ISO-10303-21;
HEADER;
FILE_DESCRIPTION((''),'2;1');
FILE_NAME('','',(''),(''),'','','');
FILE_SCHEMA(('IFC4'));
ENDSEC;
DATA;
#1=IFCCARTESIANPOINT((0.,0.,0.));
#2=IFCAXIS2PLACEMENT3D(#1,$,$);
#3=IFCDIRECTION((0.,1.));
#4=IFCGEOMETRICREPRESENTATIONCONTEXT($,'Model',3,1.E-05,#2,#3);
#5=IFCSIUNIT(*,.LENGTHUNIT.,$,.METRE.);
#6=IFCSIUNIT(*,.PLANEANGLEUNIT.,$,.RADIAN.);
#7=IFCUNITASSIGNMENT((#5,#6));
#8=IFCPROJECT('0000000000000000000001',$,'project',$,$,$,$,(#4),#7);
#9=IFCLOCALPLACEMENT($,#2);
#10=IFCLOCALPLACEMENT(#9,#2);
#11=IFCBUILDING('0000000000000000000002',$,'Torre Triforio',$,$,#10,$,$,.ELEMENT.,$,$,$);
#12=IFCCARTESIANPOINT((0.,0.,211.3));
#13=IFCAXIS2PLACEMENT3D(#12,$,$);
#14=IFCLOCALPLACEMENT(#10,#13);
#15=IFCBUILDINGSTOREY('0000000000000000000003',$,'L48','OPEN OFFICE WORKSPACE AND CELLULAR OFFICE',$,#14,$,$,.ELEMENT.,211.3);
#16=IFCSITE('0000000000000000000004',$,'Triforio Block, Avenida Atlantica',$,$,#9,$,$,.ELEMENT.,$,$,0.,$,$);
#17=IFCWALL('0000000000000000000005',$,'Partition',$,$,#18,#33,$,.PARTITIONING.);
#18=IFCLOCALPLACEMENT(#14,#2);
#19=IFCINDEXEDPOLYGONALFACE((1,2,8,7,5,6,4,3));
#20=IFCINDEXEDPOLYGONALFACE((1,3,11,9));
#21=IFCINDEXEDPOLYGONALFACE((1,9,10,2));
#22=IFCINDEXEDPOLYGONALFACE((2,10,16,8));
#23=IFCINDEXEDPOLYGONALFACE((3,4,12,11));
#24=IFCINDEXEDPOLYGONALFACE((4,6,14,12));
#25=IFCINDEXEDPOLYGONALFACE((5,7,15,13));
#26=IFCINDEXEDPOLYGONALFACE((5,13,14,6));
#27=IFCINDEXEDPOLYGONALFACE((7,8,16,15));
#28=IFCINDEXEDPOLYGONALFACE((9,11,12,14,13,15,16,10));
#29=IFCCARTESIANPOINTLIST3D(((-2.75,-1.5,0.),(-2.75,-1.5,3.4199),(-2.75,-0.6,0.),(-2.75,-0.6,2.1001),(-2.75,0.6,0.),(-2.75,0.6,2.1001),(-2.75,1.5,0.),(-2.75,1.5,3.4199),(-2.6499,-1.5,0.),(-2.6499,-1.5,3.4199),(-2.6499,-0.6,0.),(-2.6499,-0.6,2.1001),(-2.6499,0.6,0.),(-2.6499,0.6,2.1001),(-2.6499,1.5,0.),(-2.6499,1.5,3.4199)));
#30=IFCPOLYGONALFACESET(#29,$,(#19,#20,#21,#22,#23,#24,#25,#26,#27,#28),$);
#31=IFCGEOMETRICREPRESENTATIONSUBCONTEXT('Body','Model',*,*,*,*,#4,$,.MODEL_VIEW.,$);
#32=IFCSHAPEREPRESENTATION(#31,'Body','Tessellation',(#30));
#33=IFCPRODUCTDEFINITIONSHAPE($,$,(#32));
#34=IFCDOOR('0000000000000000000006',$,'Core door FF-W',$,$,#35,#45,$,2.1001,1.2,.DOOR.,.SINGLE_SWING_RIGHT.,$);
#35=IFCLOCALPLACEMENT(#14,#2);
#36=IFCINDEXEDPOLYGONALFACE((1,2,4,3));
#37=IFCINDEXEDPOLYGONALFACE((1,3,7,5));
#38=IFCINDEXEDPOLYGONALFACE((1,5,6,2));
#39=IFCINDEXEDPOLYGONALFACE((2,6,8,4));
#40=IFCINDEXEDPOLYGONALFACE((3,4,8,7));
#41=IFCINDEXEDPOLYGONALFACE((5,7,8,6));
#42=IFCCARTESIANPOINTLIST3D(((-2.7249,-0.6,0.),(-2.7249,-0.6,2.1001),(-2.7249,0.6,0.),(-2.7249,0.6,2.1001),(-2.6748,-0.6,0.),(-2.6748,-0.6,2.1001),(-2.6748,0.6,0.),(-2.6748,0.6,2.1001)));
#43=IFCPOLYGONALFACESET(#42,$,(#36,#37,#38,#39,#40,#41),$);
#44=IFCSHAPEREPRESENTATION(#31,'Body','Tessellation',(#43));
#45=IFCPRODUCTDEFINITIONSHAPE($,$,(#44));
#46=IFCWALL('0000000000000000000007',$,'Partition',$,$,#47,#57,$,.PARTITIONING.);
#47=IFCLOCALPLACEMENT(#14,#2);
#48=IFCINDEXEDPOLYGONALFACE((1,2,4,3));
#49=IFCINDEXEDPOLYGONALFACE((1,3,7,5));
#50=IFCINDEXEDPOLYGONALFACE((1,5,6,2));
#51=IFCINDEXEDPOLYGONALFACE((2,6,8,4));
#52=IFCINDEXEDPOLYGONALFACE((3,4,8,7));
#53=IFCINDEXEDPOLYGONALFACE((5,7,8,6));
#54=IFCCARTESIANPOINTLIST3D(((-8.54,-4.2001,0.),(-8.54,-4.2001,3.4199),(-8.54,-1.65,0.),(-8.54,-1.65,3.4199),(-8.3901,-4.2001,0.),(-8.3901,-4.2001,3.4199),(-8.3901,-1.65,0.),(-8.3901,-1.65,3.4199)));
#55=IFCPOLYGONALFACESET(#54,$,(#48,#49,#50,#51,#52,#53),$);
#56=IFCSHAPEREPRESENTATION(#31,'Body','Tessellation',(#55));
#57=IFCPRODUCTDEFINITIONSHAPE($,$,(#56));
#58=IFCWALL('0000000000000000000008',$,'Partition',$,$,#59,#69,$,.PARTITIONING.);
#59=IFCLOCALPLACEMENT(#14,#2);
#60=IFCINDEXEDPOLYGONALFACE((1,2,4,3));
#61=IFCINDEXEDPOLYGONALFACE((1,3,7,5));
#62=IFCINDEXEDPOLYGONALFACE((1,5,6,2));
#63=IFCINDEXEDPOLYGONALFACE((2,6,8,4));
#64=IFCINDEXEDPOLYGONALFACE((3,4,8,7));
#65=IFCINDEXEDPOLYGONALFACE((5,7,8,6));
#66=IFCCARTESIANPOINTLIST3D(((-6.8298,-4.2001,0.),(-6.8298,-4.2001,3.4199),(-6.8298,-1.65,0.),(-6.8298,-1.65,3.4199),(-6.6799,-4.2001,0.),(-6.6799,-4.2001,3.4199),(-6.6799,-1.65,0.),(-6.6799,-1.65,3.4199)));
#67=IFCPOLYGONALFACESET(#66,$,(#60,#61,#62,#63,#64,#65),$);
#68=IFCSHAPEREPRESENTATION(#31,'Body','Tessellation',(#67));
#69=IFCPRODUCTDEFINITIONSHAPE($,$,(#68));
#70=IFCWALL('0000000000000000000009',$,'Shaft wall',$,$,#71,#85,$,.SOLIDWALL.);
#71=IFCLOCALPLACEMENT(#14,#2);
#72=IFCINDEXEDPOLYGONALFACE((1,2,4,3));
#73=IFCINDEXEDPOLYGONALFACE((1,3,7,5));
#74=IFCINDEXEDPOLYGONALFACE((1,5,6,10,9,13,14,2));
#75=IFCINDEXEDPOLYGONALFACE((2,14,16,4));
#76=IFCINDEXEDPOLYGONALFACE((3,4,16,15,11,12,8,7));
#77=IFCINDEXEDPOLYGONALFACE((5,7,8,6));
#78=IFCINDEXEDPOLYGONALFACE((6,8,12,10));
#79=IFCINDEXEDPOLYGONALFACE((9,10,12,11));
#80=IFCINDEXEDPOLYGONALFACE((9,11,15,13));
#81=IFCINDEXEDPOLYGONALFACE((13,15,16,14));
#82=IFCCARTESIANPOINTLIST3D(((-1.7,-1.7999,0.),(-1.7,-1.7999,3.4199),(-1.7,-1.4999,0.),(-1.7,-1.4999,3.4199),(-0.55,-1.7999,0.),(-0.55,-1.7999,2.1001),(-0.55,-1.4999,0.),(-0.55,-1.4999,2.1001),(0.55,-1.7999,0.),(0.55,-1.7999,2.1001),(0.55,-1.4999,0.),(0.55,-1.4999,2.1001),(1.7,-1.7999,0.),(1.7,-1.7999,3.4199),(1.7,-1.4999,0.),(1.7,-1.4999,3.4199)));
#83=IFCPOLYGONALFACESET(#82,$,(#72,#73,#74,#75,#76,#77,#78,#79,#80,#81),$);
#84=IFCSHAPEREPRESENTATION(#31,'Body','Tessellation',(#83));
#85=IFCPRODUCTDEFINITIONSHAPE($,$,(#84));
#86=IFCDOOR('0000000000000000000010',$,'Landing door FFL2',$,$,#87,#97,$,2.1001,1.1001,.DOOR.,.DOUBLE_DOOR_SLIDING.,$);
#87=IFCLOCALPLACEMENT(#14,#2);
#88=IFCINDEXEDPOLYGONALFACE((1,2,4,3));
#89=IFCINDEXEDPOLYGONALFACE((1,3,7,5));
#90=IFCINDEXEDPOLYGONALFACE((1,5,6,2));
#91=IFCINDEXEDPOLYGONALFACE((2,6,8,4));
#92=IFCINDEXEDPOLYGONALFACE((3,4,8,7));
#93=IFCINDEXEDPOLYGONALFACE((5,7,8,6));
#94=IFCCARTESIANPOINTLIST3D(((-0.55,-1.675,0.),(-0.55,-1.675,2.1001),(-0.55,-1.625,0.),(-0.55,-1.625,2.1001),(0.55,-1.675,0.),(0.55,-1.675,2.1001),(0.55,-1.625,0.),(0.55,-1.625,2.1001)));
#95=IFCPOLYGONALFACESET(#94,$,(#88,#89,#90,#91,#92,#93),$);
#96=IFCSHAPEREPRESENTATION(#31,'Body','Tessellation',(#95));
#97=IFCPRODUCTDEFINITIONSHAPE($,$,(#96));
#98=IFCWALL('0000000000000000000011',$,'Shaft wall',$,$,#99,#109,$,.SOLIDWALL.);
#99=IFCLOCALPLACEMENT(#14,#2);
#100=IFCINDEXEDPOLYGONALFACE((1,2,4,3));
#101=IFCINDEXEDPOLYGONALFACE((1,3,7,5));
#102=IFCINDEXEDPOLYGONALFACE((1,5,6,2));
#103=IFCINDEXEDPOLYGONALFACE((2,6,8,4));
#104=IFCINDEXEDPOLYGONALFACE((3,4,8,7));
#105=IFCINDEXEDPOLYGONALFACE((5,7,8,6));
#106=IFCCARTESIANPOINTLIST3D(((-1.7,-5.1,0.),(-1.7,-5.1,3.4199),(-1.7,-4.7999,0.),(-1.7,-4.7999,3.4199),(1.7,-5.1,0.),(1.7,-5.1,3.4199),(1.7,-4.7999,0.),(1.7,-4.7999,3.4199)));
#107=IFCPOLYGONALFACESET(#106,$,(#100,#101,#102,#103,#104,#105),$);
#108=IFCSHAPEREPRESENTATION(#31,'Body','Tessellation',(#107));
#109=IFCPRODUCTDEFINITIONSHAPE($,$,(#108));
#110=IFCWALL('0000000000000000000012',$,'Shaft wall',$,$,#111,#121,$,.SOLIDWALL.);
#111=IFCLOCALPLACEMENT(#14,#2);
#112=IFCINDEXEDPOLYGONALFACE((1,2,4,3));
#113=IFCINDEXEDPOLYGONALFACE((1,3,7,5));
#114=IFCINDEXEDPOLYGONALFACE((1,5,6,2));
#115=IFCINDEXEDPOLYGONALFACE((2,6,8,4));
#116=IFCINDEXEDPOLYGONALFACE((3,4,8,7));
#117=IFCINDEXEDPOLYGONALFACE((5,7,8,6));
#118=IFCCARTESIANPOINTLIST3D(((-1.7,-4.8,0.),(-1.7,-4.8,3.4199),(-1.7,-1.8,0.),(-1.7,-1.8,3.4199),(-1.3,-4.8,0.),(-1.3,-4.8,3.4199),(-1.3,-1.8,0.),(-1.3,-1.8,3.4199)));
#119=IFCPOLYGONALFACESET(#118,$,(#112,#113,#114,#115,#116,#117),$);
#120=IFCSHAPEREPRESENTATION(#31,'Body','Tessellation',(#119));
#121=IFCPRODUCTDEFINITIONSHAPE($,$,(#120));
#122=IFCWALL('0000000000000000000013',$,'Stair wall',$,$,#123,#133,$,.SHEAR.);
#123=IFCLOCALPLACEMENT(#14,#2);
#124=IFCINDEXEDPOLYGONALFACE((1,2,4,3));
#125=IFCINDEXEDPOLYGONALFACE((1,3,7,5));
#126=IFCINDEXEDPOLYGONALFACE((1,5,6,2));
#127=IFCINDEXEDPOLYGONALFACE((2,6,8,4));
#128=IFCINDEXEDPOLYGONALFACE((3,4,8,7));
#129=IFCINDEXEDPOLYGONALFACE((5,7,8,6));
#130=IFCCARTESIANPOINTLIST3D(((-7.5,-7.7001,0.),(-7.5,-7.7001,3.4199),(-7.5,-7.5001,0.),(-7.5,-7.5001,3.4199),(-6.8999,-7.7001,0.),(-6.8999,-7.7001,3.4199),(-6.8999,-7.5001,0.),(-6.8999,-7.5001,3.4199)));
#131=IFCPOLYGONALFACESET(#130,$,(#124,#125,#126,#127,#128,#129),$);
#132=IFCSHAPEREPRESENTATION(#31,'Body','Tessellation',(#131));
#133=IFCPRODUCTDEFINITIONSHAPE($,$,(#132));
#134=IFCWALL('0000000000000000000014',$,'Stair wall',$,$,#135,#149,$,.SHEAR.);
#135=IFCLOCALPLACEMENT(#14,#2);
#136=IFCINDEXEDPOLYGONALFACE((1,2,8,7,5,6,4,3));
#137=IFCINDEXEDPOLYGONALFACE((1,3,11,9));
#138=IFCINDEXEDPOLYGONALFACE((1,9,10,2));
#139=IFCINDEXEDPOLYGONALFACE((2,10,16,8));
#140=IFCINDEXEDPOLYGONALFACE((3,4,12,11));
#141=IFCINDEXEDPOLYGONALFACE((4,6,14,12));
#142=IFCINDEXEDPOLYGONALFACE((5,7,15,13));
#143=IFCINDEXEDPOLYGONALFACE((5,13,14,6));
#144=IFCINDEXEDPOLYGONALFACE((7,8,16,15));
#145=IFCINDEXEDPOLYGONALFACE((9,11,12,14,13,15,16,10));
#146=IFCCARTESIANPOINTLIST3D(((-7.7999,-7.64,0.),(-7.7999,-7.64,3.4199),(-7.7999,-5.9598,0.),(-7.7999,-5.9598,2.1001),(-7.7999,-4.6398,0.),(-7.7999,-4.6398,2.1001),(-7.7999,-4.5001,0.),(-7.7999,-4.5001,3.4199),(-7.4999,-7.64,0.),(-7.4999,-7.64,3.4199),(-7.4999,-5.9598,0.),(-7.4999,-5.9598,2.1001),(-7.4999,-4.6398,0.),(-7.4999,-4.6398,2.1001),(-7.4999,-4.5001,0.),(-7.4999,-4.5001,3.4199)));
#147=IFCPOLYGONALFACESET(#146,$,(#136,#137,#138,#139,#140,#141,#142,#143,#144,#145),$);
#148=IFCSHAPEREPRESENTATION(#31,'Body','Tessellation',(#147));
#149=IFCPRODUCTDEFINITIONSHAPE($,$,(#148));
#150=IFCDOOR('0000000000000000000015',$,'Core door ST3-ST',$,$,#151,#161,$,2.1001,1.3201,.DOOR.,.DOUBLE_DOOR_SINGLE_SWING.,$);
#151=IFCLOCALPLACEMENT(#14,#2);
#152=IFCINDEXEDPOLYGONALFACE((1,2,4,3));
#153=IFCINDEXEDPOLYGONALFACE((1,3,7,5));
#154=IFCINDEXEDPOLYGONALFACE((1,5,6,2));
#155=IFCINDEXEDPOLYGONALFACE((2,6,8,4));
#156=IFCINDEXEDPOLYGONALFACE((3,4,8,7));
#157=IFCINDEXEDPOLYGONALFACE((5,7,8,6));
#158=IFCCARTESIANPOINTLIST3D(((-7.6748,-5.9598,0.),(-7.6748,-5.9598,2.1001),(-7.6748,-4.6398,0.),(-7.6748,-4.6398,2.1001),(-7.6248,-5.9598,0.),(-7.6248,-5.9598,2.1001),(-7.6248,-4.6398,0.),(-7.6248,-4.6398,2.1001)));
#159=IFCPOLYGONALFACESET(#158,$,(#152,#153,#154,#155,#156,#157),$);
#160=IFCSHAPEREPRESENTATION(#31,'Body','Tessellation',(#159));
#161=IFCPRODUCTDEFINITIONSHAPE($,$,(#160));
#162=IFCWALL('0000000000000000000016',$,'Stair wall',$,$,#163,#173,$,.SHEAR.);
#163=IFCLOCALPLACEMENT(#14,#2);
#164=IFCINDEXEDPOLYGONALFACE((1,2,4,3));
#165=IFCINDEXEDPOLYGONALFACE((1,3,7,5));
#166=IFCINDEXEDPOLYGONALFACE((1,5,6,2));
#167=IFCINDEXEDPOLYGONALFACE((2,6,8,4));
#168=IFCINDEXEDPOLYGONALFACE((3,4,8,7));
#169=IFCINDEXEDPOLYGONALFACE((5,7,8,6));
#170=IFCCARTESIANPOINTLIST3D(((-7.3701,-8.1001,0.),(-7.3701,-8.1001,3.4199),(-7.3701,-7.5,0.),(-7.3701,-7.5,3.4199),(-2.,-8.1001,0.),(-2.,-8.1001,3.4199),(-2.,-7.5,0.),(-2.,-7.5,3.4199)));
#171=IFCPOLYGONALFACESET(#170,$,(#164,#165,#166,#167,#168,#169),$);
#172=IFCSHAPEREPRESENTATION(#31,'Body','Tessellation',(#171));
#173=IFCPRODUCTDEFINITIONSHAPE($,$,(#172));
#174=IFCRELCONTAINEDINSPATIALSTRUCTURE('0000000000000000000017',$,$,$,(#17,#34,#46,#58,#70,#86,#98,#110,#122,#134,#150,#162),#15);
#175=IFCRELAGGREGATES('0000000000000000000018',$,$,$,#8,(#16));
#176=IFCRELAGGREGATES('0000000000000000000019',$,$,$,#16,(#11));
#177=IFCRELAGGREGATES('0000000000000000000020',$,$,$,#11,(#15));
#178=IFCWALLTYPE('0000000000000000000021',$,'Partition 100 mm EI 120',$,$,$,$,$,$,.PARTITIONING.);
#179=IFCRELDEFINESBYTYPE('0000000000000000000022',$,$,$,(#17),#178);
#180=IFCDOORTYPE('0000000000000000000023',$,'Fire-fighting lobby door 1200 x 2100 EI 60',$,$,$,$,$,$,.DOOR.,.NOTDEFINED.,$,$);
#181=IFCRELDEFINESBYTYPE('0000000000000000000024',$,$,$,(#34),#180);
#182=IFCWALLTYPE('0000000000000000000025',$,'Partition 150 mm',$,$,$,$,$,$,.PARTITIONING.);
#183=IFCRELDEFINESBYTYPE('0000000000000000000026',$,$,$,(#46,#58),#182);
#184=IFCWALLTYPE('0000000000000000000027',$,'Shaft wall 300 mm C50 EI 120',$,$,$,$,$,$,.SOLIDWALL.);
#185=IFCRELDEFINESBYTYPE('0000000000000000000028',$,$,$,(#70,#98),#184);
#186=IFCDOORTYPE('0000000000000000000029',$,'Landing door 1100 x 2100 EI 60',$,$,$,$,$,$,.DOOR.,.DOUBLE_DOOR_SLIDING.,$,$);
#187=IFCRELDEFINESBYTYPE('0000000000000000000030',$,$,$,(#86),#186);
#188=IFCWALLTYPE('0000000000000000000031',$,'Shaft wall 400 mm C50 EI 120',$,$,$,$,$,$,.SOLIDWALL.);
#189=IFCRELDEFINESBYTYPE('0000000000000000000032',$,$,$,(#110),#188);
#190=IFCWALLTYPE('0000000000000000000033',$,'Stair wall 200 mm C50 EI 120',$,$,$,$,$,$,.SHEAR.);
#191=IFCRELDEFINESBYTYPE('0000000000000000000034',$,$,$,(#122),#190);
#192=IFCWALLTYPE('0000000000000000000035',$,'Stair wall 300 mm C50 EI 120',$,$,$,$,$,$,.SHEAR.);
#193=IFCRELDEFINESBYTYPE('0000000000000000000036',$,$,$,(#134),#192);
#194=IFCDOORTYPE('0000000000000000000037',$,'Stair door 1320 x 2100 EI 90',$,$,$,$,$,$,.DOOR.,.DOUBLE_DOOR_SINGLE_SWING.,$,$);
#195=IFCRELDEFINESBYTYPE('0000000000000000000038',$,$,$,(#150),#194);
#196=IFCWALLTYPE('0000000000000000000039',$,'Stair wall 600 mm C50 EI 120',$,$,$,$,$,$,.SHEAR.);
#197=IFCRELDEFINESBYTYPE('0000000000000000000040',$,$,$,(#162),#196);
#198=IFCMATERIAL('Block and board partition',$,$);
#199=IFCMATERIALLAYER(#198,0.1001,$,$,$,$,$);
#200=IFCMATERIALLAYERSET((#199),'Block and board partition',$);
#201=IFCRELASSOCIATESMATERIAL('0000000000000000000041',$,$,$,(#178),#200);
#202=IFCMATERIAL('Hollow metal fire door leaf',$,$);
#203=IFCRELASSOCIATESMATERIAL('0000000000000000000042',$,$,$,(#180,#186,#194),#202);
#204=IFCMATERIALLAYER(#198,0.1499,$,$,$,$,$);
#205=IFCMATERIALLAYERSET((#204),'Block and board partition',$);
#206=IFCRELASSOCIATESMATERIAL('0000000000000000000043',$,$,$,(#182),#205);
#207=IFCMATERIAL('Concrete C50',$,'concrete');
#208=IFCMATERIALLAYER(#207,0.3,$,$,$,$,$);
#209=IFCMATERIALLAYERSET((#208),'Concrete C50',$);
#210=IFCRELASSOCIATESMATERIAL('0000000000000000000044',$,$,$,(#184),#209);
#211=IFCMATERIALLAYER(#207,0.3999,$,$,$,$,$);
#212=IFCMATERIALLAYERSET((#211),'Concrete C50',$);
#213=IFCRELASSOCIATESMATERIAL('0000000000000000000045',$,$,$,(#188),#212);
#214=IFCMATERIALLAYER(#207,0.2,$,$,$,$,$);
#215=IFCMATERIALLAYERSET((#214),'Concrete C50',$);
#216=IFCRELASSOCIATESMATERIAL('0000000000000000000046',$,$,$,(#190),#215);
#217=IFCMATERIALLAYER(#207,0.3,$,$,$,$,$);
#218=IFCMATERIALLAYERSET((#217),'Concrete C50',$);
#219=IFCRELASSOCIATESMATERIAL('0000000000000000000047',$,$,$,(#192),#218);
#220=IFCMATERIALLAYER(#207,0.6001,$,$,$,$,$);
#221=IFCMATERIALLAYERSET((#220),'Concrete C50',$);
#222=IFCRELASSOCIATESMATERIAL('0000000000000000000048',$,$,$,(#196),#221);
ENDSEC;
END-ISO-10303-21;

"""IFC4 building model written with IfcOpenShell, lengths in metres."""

from ifc_helpers import new_model, si_unit, direction, frame, frame_2d, origin, place, context, subcontext, project, spatial, rectangle, extrude, material, layer, layer_set, type_object, element, fill, save


model = new_model("IFC4")

# Units and contexts
model_context = context("Model", 3, precision=1e-05, world=origin(), true_north=direction((0.0, 1.0)))
body_context = subcontext(model_context, "Body", "Model", "MODEL_VIEW")
ifc_project = project(units=[si_unit("LENGTHUNIT", "METRE"), si_unit("PLANEANGLEUNIT", "RADIAN")], contexts=[model_context])

# Site, building, storey
site_placement = place(None, origin())
site = spatial("IfcSite", under=ifc_project, at=site_placement, Name="Triforio Block, Avenida Atlantica", CompositionType="ELEMENT", RefElevation=0.0)
building_placement = place(site_placement, origin())
building = spatial("IfcBuilding", under=site, at=building_placement, Name="Torre Triforio", CompositionType="ELEMENT")
storey_placement = place(building_placement, frame((0.0, 0.0, 211.3)))
storey = spatial("IfcBuildingStorey", under=building, at=storey_placement, Name="L48", Description="OPEN OFFICE WORKSPACE AND CELLULAR OFFICE", CompositionType="ELEMENT", Elevation=211.3)

# Wall, opening, door
ifc_material_1 = material(Name="Block and board partition")
ifc_layer_1 = layer(ifc_material_1, 0.1001)
ifc_layer_set_1 = layer_set([ifc_layer_1], Name="Block and board partition")
wall_type_1 = type_object("IfcWallType", Name="Partition 100 mm EI 120", PredefinedType="PARTITIONING", material=ifc_layer_set_1)
wall_1_placement = place(storey_placement, frame((-2.7, -1.5, 0.0), z_axis=(0.0, 0.0, 1.0), x_axis=(0.0, 1.0, 0.0)))
wall_1 = element("IfcWall", 1, at=wall_1_placement, inside=storey, type_object=wall_type_1, Name="Partition", PredefinedType="PARTITIONING", context=body_context, shape_type="SweptSolid", body=[
    extrude(rectangle(XDim=3.0, YDim=0.1001, at=frame_2d((1.5, 0.0))), origin(), (0.0, 0.0, 1.0), 3.4199),
])
opening_1_placement = place(wall_1_placement, frame((0.8999, 0.0, 0.0)))
opening_1 = element("IfcOpeningElement", 2, at=opening_1_placement, cuts=wall_1, PredefinedType="OPENING", context=body_context, shape_type="SweptSolid", body=[
    extrude(rectangle(XDim=1.2, YDim=2.1001, at=frame_2d((0.6001, 1.05))), frame((0.0, 0.0601, 0.0), z_axis=(0.0, -1.0, 0.0), x_axis=(1.0, 0.0, 0.0)), (0.0, 0.0, 1.0), 0.1201),
])
ifc_material_2 = material(Name="Hollow metal fire door leaf")
door_type_1 = type_object("IfcDoorType", Name="Fire-fighting lobby door 1200 x 2100 EI 60", OperationType="NOTDEFINED", PredefinedType="DOOR", material=ifc_material_2)
door_1_placement = place(opening_1_placement, origin())
door_1 = element("IfcDoor", 3, at=door_1_placement, inside=storey, type_object=door_type_1, Name="Core door FF-W", OperationType="SINGLE_SWING_RIGHT", OverallHeight=2.1001, OverallWidth=1.2, PredefinedType="DOOR", context=body_context, shape_type="SweptSolid", body=[
    extrude(rectangle(XDim=1.2, YDim=2.1001, at=frame_2d((0.6001, 1.05))), frame((0.0, 0.0249, 0.0), z_axis=(0.0, -1.0, 0.0), x_axis=(1.0, 0.0, 0.0)), (0.0, 0.0, 1.0), 0.05),
])
fill(opening_1, door_1)

# Walls
ifc_layer_2 = layer(ifc_material_1, 0.1499)
ifc_layer_set_2 = layer_set([ifc_layer_2], Name="Block and board partition")
wall_type_2 = type_object("IfcWallType", Name="Partition 150 mm", PredefinedType="PARTITIONING", material=ifc_layer_set_2)
for number, where, z_axis, x_axis, name in (
    (4, (-8.4651, -4.2, 0.0), (0.0, 0.0, 1.0), (0.0, 1.0, 0.0), "Partition"),
    (5, (-6.7549, -4.2, 0.0), (0.0, 0.0, 1.0), (0.0, 1.0, 0.0), "Partition"),
):
    element("IfcWall", number, at=place(storey_placement, frame(where, z_axis=z_axis, x_axis=x_axis)), inside=storey, type_object=wall_type_2, Name=name, PredefinedType="PARTITIONING", context=body_context, shape_type="SweptSolid", body=[
        extrude(rectangle(XDim=2.55, YDim=0.1499, at=frame_2d((1.2749, 0.0))), origin(), (0.0, 0.0, 1.0), 3.4199),
    ])

# Wall, opening, door
ifc_material_3 = material(Name="Concrete C50", Category="concrete")
ifc_layer_3 = layer(ifc_material_3, 0.3)
ifc_layer_set_3 = layer_set([ifc_layer_3], Name="Concrete C50")
wall_type_3 = type_object("IfcWallType", Name="Shaft wall 300 mm C50 EI 120", PredefinedType="SOLIDWALL", material=ifc_layer_set_3)
wall_2_placement = place(storey_placement, frame((-1.7, -1.6499, 0.0), z_axis=(0.0, 0.0, 1.0), x_axis=(1.0, 0.0, 0.0)))
wall_2 = element("IfcWall", 6, at=wall_2_placement, inside=storey, type_object=wall_type_3, Name="Shaft wall", PredefinedType="SOLIDWALL", context=body_context, shape_type="SweptSolid", body=[
    extrude(rectangle(XDim=3.3999, YDim=0.3, at=frame_2d((1.7, 0.0))), origin(), (0.0, 0.0, 1.0), 3.4199),
])
opening_2_placement = place(wall_2_placement, frame((1.1499, 0.0, 0.0)))
opening_2 = element("IfcOpeningElement", 7, at=opening_2_placement, cuts=wall_2, PredefinedType="OPENING", context=body_context, shape_type="SweptSolid", body=[
    extrude(rectangle(XDim=1.1001, YDim=2.1001, at=frame_2d((0.55, 1.05))), frame((0.0, 0.1599, 0.0), z_axis=(0.0, -1.0, 0.0), x_axis=(1.0, 0.0, 0.0)), (0.0, 0.0, 1.0), 0.3201),
])
door_type_2 = type_object("IfcDoorType", Name="Landing door 1100 x 2100 EI 60", OperationType="DOUBLE_DOOR_SLIDING", PredefinedType="DOOR", material=ifc_material_2)
door_2_placement = place(opening_2_placement, origin())
door_2 = element("IfcDoor", 8, at=door_2_placement, inside=storey, type_object=door_type_2, Name="Landing door FFL2", OperationType="DOUBLE_DOOR_SLIDING", OverallHeight=2.1001, OverallWidth=1.1001, PredefinedType="DOOR", context=body_context, shape_type="SweptSolid", body=[
    extrude(rectangle(XDim=1.1001, YDim=2.1001, at=frame_2d((0.55, 1.05))), frame((0.0, 0.0249, 0.0), z_axis=(0.0, -1.0, 0.0), x_axis=(1.0, 0.0, 0.0)), (0.0, 0.0, 1.0), 0.05),
])
fill(opening_2, door_2)

# Walls
wall_3_placement = place(storey_placement, frame((-1.7, -4.95, 0.0), z_axis=(0.0, 0.0, 1.0), x_axis=(1.0, 0.0, 0.0)))
element("IfcWall", 9, at=wall_3_placement, inside=storey, type_object=wall_type_3, Name="Shaft wall", PredefinedType="SOLIDWALL", context=body_context, shape_type="SweptSolid", body=[
    extrude(rectangle(XDim=3.3999, YDim=0.3, at=frame_2d((1.7, 0.0))), origin(), (0.0, 0.0, 1.0), 3.4199),
])
ifc_layer_4 = layer(ifc_material_3, 0.3999)
ifc_layer_set_4 = layer_set([ifc_layer_4], Name="Concrete C50")
wall_type_4 = type_object("IfcWallType", Name="Shaft wall 400 mm C50 EI 120", PredefinedType="SOLIDWALL", material=ifc_layer_set_4)
wall_4_placement = place(storey_placement, frame((-1.5, -4.8, 0.0), z_axis=(0.0, 0.0, 1.0), x_axis=(0.0, 1.0, 0.0)))
element("IfcWall", 10, at=wall_4_placement, inside=storey, type_object=wall_type_4, Name="Shaft wall", PredefinedType="SOLIDWALL", context=body_context, shape_type="SweptSolid", body=[
    extrude(rectangle(XDim=3.0, YDim=0.3999, at=frame_2d((1.5, 0.0))), origin(), (0.0, 0.0, 1.0), 3.4199),
])
ifc_layer_5 = layer(ifc_material_3, 0.2)
ifc_layer_set_5 = layer_set([ifc_layer_5], Name="Concrete C50")
wall_type_5 = type_object("IfcWallType", Name="Stair wall 200 mm C50 EI 120", PredefinedType="SHEAR", material=ifc_layer_set_5)
wall_5_placement = place(storey_placement, frame((-7.5, -7.6001, 0.0), z_axis=(0.0, 0.0, 1.0), x_axis=(1.0, 0.0, 0.0)))
element("IfcWall", 11, at=wall_5_placement, inside=storey, type_object=wall_type_5, Name="Stair wall", PredefinedType="SHEAR", context=body_context, shape_type="SweptSolid", body=[
    extrude(rectangle(XDim=0.6001, YDim=0.2, at=frame_2d((0.3, 0.0))), origin(), (0.0, 0.0, 1.0), 3.4199),
])

# Wall, opening, door
ifc_layer_6 = layer(ifc_material_3, 0.3)
ifc_layer_set_6 = layer_set([ifc_layer_6], Name="Concrete C50")
wall_type_6 = type_object("IfcWallType", Name="Stair wall 300 mm C50 EI 120", PredefinedType="SHEAR", material=ifc_layer_set_6)
wall_6_placement = place(storey_placement, frame((-7.6499, -7.6399, 0.0), z_axis=(0.0, 0.0, 1.0), x_axis=(0.0, 1.0, 0.0)))
wall_6 = element("IfcWall", 12, at=wall_6_placement, inside=storey, type_object=wall_type_6, Name="Stair wall", PredefinedType="SHEAR", context=body_context, shape_type="SweptSolid", body=[
    extrude(rectangle(XDim=3.1399, YDim=0.3, at=frame_2d((1.5698, 0.0))), origin(), (0.0, 0.0, 1.0), 3.4199),
])
opening_3_placement = place(wall_6_placement, frame((1.6799, 0.0, 0.0)))
opening_3 = element("IfcOpeningElement", 13, at=opening_3_placement, cuts=wall_6, PredefinedType="OPENING", context=body_context, shape_type="SweptSolid", body=[
    extrude(rectangle(XDim=1.3201, YDim=2.1001, at=frame_2d((0.6602, 1.05))), frame((0.0, 0.1599, 0.0), z_axis=(0.0, -1.0, 0.0), x_axis=(1.0, 0.0, 0.0)), (0.0, 0.0, 1.0), 0.3201),
])
door_type_3 = type_object("IfcDoorType", Name="Stair door 1320 x 2100 EI 90", OperationType="DOUBLE_DOOR_SINGLE_SWING", PredefinedType="DOOR", material=ifc_material_2)
door_3_placement = place(opening_3_placement, origin())
door_3 = element("IfcDoor", 14, at=door_3_placement, inside=storey, type_object=door_type_3, Name="Core door ST3-ST", OperationType="DOUBLE_DOOR_SINGLE_SWING", OverallHeight=2.1001, OverallWidth=1.3201, PredefinedType="DOOR", context=body_context, shape_type="SweptSolid", body=[
    extrude(rectangle(XDim=1.3201, YDim=2.1001, at=frame_2d((0.6602, 1.05))), frame((0.0, 0.0249, 0.0), z_axis=(0.0, -1.0, 0.0), x_axis=(1.0, 0.0, 0.0)), (0.0, 0.0, 1.0), 0.05),
])
fill(opening_3, door_3)

# Wall
ifc_layer_7 = layer(ifc_material_3, 0.6001)
ifc_layer_set_7 = layer_set([ifc_layer_7], Name="Concrete C50")
wall_type_7 = type_object("IfcWallType", Name="Stair wall 600 mm C50 EI 120", PredefinedType="SHEAR", material=ifc_layer_set_7)
wall_7_placement = place(storey_placement, frame((-7.3701, -7.8, 0.0), z_axis=(0.0, 0.0, 1.0), x_axis=(1.0, 0.0, 0.0)))
element("IfcWall", 15, at=wall_7_placement, inside=storey, type_object=wall_type_7, Name="Stair wall", PredefinedType="SHEAR", context=body_context, shape_type="SweptSolid", body=[
    extrude(rectangle(XDim=5.3701, YDim=0.6001, at=frame_2d((2.6851, 0.0))), origin(), (0.0, 0.0, 1.0), 3.4199),
])

save(model, "model.ifc")
